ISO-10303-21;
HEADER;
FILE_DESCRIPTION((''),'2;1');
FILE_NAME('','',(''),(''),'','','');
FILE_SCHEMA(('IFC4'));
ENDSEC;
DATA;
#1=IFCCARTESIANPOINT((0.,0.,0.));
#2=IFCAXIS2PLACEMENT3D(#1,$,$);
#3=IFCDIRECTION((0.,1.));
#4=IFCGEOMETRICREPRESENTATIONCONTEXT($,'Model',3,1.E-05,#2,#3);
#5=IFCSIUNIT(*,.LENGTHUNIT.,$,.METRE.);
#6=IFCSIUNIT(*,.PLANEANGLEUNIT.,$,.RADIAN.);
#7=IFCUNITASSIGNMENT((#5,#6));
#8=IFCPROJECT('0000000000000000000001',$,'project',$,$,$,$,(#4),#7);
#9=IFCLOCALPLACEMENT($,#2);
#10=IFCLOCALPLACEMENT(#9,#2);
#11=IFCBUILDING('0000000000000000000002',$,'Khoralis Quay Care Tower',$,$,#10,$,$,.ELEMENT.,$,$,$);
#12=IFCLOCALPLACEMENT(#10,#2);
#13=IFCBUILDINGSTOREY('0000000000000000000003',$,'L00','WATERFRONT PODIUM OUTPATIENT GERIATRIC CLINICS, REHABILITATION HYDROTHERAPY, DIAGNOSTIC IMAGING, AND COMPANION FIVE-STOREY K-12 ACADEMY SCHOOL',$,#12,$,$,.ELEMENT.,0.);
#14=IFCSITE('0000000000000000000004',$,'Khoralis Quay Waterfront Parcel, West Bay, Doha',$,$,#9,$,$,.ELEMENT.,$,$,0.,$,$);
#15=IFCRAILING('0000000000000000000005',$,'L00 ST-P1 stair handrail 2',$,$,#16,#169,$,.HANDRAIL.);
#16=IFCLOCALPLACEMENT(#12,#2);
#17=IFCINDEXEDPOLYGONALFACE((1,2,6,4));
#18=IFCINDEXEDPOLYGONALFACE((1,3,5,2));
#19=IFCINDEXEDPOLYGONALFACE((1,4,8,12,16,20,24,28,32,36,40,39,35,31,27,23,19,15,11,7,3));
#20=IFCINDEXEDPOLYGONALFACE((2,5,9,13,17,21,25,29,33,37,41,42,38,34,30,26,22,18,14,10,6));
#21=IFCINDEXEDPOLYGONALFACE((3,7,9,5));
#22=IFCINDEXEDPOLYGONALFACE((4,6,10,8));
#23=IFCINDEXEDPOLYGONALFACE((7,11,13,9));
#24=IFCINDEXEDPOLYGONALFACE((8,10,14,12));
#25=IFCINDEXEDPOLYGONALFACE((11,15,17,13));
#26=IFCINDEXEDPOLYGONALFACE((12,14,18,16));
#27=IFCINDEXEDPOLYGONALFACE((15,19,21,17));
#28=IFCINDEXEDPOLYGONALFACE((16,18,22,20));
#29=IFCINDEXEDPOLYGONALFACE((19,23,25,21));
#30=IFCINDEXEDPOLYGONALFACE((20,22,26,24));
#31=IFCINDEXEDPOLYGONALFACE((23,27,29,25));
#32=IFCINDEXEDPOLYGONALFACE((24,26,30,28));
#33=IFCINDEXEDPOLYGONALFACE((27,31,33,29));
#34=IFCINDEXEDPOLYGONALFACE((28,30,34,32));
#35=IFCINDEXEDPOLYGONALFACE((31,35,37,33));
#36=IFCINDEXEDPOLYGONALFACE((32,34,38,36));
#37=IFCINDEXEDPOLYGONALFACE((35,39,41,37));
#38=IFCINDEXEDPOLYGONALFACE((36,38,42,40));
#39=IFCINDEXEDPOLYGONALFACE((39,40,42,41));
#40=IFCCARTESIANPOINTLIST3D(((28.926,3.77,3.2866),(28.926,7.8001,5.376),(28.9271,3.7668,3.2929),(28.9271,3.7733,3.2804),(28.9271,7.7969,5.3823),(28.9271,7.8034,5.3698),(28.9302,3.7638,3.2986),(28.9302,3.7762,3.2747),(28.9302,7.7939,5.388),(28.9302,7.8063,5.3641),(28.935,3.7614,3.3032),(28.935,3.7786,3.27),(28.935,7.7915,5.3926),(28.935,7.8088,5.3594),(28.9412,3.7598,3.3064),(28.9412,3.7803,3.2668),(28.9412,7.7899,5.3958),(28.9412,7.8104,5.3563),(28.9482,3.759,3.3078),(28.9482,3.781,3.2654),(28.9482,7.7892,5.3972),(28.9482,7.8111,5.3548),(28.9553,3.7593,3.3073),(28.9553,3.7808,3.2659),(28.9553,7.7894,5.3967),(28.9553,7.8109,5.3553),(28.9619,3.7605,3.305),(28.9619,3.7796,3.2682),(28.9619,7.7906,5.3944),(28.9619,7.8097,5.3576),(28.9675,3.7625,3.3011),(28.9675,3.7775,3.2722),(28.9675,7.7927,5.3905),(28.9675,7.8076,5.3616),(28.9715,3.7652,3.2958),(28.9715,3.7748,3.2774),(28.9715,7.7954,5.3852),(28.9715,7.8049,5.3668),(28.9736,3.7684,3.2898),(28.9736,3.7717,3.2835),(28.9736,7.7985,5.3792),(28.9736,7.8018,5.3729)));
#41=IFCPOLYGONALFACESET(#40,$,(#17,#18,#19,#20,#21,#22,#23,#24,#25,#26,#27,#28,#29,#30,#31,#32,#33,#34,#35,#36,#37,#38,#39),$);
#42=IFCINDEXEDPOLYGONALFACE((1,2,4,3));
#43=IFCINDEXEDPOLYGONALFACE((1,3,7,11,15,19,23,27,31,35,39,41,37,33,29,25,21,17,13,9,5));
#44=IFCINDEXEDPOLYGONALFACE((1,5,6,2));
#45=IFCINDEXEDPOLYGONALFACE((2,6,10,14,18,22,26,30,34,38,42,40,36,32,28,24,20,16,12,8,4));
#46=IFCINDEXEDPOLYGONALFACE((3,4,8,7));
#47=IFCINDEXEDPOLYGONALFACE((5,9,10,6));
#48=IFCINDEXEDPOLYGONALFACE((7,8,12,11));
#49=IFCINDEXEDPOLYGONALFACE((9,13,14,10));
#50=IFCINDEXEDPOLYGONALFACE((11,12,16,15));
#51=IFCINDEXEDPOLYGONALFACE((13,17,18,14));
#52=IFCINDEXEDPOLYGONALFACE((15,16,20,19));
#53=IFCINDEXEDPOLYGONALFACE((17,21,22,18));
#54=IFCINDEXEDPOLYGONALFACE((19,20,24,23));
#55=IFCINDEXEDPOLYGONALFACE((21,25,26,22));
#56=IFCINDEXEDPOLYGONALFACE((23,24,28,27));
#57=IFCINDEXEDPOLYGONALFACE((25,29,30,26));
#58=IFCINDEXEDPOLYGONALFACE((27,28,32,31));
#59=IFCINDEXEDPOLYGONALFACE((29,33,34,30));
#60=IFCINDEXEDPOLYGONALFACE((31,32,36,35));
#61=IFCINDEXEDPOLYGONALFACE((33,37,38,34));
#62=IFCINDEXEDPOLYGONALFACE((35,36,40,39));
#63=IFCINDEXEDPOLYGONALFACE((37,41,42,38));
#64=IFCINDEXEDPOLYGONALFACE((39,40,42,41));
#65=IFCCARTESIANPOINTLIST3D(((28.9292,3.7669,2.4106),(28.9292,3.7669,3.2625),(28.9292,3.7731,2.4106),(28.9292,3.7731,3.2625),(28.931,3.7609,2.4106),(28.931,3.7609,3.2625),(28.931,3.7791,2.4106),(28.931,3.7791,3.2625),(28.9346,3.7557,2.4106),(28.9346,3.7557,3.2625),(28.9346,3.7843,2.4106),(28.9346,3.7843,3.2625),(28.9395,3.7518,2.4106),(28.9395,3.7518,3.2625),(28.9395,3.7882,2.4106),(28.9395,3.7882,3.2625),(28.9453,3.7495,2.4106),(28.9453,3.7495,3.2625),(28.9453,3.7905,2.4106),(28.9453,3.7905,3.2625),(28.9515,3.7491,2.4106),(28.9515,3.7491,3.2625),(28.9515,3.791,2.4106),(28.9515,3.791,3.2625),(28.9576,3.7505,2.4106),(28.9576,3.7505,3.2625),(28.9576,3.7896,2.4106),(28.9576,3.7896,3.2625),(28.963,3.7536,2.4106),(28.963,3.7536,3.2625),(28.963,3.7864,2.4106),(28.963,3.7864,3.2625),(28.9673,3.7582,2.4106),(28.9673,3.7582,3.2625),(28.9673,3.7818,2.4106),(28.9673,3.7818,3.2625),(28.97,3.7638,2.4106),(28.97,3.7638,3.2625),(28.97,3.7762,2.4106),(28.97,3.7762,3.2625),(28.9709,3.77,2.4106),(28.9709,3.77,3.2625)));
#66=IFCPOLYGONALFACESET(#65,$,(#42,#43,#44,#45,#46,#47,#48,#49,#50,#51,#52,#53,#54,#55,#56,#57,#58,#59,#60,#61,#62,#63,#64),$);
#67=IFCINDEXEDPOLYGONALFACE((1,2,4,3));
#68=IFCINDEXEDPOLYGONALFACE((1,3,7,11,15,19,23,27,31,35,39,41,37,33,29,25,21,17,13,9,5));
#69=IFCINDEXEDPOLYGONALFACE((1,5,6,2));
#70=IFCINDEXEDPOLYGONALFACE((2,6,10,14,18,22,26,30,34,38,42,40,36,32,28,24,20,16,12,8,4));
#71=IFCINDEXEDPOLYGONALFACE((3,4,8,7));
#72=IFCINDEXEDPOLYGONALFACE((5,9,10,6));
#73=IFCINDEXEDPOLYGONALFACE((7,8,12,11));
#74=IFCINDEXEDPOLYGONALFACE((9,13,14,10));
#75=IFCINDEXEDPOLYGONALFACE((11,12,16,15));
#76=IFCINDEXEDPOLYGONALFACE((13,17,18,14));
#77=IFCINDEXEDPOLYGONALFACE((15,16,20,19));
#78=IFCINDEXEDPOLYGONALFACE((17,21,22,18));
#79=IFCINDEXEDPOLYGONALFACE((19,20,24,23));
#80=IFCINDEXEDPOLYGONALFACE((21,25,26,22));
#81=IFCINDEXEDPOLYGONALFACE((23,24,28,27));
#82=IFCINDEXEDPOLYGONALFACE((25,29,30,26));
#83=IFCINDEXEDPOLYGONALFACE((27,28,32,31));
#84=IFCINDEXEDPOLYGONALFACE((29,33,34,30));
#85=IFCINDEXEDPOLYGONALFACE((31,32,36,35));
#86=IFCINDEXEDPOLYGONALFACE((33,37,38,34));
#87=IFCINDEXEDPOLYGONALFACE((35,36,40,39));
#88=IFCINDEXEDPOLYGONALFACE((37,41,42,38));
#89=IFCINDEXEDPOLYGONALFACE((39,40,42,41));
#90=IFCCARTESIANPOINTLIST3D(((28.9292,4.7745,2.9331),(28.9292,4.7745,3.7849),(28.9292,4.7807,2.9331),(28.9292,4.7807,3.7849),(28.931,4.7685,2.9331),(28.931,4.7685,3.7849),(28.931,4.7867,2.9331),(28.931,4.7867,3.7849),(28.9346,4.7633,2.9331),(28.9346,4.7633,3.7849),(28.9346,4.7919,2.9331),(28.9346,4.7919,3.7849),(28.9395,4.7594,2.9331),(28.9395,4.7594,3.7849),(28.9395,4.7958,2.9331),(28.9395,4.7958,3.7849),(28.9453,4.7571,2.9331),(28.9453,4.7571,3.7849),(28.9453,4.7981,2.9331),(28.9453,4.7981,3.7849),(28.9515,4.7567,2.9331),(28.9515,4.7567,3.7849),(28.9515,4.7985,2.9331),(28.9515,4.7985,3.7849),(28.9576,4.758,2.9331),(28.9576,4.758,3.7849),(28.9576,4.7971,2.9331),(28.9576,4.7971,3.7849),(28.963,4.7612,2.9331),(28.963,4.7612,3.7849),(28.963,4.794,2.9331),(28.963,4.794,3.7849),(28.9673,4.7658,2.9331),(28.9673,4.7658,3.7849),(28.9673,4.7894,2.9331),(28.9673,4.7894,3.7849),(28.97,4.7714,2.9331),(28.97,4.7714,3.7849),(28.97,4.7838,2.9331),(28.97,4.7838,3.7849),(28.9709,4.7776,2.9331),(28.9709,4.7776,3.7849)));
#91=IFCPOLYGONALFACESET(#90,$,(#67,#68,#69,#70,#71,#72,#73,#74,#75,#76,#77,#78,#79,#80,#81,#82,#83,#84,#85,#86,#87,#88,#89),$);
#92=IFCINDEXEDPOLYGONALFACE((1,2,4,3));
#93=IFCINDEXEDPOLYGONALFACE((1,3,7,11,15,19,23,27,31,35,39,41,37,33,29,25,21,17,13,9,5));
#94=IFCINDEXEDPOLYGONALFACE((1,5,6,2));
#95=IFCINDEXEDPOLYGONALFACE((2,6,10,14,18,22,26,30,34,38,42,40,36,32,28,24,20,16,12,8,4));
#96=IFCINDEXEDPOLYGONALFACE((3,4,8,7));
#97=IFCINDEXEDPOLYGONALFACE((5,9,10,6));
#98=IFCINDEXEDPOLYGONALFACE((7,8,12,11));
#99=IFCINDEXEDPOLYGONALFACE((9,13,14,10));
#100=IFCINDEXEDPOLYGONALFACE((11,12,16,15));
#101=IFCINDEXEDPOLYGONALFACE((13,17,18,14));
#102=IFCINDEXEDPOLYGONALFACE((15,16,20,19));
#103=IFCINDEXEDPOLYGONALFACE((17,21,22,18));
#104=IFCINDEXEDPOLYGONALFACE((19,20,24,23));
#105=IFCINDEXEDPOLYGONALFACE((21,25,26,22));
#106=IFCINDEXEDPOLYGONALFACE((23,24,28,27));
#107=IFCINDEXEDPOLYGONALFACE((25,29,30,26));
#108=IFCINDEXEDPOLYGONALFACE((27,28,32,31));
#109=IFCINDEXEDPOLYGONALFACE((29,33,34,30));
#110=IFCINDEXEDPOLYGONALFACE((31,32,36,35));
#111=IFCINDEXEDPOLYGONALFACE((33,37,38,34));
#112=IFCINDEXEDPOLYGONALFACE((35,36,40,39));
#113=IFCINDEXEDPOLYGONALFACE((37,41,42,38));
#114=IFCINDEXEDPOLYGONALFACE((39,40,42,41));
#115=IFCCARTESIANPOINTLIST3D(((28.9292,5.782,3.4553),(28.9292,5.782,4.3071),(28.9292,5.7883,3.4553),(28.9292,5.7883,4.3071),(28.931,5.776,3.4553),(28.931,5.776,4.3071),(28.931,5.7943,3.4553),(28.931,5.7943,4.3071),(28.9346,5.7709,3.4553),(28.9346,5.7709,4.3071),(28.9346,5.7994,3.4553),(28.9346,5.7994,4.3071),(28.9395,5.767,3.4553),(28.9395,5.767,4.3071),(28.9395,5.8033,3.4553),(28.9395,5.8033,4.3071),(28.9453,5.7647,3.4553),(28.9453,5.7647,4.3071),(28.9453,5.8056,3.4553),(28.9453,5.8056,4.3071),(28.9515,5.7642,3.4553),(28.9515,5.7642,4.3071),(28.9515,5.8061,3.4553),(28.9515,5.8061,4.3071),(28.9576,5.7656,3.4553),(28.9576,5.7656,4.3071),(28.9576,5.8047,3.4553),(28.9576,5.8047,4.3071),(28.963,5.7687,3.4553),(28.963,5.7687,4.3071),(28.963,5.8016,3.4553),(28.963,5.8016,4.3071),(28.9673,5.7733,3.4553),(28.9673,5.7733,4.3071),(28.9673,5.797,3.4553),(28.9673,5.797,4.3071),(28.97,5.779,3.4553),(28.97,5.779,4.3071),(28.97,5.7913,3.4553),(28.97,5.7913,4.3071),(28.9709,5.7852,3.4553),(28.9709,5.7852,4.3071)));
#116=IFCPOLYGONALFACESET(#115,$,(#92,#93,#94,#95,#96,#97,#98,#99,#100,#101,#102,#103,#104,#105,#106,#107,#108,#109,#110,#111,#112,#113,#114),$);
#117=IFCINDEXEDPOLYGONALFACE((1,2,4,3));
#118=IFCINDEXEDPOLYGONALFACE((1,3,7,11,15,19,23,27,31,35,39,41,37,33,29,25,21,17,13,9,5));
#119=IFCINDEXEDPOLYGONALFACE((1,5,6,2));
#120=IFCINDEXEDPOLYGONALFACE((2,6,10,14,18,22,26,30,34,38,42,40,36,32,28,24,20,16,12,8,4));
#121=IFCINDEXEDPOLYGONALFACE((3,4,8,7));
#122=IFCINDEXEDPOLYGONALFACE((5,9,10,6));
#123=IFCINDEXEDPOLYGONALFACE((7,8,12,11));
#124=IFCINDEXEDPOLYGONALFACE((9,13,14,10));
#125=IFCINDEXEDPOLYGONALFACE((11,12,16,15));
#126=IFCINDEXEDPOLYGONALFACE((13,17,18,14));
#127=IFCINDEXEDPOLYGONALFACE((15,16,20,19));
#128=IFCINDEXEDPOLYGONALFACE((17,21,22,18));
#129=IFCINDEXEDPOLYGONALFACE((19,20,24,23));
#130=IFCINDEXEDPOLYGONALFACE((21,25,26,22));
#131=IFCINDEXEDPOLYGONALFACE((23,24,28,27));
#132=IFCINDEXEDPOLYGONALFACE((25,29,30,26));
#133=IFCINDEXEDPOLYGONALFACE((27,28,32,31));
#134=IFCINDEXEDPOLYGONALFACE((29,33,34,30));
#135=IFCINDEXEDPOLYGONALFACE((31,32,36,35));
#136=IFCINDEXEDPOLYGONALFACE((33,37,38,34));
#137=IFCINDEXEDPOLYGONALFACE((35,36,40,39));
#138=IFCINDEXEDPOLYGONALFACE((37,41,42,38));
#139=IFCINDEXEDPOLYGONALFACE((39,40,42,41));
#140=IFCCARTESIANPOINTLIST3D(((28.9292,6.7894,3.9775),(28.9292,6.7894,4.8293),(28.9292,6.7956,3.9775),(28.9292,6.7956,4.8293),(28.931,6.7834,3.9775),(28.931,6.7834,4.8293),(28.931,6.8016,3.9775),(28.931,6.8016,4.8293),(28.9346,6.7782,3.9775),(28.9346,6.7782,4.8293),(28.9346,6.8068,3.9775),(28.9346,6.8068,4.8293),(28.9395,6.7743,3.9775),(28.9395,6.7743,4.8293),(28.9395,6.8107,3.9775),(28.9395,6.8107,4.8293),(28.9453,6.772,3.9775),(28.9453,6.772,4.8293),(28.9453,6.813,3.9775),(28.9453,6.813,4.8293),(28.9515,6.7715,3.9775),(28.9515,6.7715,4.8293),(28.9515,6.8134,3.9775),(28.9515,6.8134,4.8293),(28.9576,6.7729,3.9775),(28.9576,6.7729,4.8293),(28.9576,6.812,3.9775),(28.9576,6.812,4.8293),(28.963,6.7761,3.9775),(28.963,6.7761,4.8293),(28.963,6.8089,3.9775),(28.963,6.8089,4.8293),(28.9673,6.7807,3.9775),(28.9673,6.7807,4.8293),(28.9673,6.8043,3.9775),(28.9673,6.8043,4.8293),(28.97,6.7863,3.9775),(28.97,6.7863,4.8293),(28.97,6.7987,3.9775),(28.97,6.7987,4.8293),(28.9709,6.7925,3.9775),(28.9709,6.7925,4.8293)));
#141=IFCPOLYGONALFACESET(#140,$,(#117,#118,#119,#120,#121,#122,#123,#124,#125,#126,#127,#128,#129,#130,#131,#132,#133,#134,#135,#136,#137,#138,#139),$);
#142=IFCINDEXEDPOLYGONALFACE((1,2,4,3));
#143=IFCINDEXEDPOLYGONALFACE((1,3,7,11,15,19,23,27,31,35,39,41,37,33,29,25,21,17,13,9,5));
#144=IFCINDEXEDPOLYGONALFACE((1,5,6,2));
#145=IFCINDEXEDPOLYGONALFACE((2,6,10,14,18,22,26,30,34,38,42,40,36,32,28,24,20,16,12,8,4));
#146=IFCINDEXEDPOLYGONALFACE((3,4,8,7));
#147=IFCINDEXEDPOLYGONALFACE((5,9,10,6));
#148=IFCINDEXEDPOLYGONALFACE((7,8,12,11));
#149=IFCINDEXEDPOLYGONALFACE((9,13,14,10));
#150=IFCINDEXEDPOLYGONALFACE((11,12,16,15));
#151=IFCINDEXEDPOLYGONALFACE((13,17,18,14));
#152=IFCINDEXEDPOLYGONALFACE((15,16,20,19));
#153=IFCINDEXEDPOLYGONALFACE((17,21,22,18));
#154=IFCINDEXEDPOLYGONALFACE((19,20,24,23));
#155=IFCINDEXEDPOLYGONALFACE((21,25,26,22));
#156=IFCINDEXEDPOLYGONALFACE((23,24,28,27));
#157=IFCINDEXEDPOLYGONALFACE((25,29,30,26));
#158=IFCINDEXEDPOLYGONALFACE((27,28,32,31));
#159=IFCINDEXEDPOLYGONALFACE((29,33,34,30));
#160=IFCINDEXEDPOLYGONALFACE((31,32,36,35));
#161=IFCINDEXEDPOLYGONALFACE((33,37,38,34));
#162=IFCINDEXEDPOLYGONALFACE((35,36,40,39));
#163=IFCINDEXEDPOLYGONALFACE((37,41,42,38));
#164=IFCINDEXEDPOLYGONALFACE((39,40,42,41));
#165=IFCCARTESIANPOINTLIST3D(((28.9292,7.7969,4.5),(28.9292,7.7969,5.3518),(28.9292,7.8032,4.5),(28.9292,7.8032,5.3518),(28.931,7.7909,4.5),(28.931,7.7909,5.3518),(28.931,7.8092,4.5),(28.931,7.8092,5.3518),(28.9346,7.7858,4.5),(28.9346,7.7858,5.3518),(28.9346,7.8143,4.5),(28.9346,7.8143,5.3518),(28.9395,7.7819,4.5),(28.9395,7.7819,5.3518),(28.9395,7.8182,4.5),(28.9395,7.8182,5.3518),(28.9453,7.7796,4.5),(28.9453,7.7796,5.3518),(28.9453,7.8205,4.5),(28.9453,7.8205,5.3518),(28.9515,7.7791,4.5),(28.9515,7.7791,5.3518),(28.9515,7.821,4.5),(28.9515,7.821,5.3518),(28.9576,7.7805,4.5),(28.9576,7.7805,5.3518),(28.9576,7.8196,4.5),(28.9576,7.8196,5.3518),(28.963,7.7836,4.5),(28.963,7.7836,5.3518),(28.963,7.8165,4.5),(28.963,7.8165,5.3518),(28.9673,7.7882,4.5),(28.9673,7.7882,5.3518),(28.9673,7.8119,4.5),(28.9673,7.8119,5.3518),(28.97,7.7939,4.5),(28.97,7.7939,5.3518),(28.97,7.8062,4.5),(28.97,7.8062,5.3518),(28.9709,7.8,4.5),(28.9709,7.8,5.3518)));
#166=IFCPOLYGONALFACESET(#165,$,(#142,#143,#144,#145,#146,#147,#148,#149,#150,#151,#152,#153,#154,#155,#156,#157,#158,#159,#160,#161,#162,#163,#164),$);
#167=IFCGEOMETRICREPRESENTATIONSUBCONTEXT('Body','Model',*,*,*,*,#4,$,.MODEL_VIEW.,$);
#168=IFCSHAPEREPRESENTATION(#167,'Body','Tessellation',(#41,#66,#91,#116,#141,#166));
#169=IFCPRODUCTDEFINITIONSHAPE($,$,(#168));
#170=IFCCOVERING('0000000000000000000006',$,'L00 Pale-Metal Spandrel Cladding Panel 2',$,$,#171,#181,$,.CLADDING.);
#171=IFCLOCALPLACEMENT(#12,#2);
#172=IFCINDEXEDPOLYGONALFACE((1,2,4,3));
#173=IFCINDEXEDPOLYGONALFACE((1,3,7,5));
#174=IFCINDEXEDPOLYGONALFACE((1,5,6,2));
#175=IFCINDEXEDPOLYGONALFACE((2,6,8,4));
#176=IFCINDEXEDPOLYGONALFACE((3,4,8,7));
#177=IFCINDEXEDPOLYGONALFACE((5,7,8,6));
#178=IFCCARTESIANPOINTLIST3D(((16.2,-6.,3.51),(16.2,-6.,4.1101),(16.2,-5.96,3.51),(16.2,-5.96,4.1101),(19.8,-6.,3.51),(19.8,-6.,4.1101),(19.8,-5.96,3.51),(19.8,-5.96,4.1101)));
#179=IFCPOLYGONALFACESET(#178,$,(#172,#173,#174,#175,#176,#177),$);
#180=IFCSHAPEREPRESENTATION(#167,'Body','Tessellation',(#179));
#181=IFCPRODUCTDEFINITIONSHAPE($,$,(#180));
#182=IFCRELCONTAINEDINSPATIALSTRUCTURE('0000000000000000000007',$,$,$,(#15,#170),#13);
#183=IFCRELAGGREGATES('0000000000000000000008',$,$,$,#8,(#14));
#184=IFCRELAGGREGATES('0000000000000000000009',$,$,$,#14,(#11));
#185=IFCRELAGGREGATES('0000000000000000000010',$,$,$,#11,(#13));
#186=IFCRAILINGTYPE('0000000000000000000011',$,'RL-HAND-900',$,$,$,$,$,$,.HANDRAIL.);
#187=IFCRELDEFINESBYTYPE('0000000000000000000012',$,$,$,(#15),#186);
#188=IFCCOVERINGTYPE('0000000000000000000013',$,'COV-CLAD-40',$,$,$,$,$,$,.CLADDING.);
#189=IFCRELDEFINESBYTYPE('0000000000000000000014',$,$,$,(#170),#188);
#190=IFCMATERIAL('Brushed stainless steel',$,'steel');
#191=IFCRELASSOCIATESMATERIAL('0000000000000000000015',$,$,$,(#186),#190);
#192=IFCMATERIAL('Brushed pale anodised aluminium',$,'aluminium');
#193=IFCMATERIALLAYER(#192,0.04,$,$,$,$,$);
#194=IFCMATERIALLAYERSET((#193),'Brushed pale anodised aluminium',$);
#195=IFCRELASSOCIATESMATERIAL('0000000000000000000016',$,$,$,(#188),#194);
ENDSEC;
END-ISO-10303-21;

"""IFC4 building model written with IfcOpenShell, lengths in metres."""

from ifc_helpers import new_model, si_unit, direction, frame, origin, origin_2d, place, context, subcontext, project, spatial, rectangle, circle, extrude, source, transform, mapped, material, layer, layer_set, type_object, element, save


model = new_model("IFC4")

# Units and contexts
model_context = context("Model", 3, precision=1e-05, world=origin(), true_north=direction((0.0, 1.0)))
body_context = subcontext(model_context, "Body", "Model", "MODEL_VIEW")
ifc_project = project(units=[si_unit("LENGTHUNIT", "METRE"), si_unit("PLANEANGLEUNIT", "RADIAN")], contexts=[model_context])

# Site, building, storey
site_placement = place(None, origin())
site = spatial("IfcSite", under=ifc_project, at=site_placement, Name="Khoralis Quay Waterfront Parcel, West Bay, Doha", CompositionType="ELEMENT", RefElevation=0.0)
building_placement = place(site_placement, origin())
building = spatial("IfcBuilding", under=site, at=building_placement, Name="Khoralis Quay Care Tower", CompositionType="ELEMENT")
storey_placement = place(building_placement, origin())
storey = spatial("IfcBuildingStorey", under=building, at=storey_placement, Name="L00", Description="WATERFRONT PODIUM OUTPATIENT GERIATRIC CLINICS, REHABILITATION HYDROTHERAPY, DIAGNOSTIC IMAGING, AND COMPANION FIVE-STOREY K-12 ACADEMY SCHOOL", CompositionType="ELEMENT", Elevation=0.0)

# Railing
ifc_material_1 = material(Name="Brushed stainless steel", Category="steel")
railing_type_1 = type_object("IfcRailingType", Name="RL-HAND-900", PredefinedType="HANDRAIL", material=ifc_material_1)
railing_1_placement = place(storey_placement, frame((28.95, 3.77, 2.4106)))
element("IfcRailing", 1, at=railing_1_placement, inside=storey, type_object=railing_type_1, Name="L00 ST-P1 stair handrail 2", PredefinedType="HANDRAIL", context=body_context, shape_type="SweptSolid", body=[
    extrude(circle(Radius=0.0239, at=origin_2d()), frame((0.0, 0.0, 0.876), z_axis=(0.0, 0.887781, 0.460267), x_axis=(-1.0, 0.0, 0.0)), (0.0, 0.0, 1.0), 4.5396),
    extrude(circle(Radius=0.021, at=origin_2d()), origin(), (0.0, 0.0, 1.0), 0.8518),
    extrude(circle(Radius=0.021, at=origin_2d()), frame((0.0, 1.0076, 0.5225)), (0.0, 0.0, 1.0), 0.8518),
    extrude(circle(Radius=0.021, at=origin_2d()), frame((0.0, 2.0151, 1.0447)), (0.0, 0.0, 1.0), 0.8518),
    extrude(circle(Radius=0.021, at=origin_2d()), frame((0.0, 3.0225, 1.5669)), (0.0, 0.0, 1.0), 0.8518),
    extrude(circle(Radius=0.021, at=origin_2d()), frame((0.0, 4.03, 2.0894)), (0.0, 0.0, 1.0), 0.8518),
])

# Covering
ifc_material_2 = material(Name="Brushed pale anodised aluminium", Category="aluminium")
ifc_layer_1 = layer(ifc_material_2, 0.04)
ifc_layer_set_1 = layer_set([ifc_layer_1], Name="Brushed pale anodised aluminium")
covering_type = type_object("IfcCoveringType", Name="COV-CLAD-40", PredefinedType="CLADDING", material=ifc_layer_set_1)
shared_shape_1 = source(origin(), body_context, "Body", "SweptSolid", [
    extrude(rectangle(XDim=3.6001, YDim=0.04, at=origin_2d()), origin(), (0.0, 0.0, 1.0), 0.6001),
])
covering_placement = place(storey_placement, frame((18.0, -5.98, 3.51), z_axis=(0.0, 0.0, 1.0), x_axis=(1.0, 0.0, 0.0)))
element("IfcCovering", 2, at=covering_placement, inside=storey, type_object=covering_type, Name="L00 Pale-Metal Spandrel Cladding Panel 2", PredefinedType="CLADDING", context=body_context, shape_type="MappedRepresentation", body=[
    mapped(shared_shape_1, transform((0.0, 0.0, 0.0), scale=1.0)),
])

save(model, "model.ifc")
